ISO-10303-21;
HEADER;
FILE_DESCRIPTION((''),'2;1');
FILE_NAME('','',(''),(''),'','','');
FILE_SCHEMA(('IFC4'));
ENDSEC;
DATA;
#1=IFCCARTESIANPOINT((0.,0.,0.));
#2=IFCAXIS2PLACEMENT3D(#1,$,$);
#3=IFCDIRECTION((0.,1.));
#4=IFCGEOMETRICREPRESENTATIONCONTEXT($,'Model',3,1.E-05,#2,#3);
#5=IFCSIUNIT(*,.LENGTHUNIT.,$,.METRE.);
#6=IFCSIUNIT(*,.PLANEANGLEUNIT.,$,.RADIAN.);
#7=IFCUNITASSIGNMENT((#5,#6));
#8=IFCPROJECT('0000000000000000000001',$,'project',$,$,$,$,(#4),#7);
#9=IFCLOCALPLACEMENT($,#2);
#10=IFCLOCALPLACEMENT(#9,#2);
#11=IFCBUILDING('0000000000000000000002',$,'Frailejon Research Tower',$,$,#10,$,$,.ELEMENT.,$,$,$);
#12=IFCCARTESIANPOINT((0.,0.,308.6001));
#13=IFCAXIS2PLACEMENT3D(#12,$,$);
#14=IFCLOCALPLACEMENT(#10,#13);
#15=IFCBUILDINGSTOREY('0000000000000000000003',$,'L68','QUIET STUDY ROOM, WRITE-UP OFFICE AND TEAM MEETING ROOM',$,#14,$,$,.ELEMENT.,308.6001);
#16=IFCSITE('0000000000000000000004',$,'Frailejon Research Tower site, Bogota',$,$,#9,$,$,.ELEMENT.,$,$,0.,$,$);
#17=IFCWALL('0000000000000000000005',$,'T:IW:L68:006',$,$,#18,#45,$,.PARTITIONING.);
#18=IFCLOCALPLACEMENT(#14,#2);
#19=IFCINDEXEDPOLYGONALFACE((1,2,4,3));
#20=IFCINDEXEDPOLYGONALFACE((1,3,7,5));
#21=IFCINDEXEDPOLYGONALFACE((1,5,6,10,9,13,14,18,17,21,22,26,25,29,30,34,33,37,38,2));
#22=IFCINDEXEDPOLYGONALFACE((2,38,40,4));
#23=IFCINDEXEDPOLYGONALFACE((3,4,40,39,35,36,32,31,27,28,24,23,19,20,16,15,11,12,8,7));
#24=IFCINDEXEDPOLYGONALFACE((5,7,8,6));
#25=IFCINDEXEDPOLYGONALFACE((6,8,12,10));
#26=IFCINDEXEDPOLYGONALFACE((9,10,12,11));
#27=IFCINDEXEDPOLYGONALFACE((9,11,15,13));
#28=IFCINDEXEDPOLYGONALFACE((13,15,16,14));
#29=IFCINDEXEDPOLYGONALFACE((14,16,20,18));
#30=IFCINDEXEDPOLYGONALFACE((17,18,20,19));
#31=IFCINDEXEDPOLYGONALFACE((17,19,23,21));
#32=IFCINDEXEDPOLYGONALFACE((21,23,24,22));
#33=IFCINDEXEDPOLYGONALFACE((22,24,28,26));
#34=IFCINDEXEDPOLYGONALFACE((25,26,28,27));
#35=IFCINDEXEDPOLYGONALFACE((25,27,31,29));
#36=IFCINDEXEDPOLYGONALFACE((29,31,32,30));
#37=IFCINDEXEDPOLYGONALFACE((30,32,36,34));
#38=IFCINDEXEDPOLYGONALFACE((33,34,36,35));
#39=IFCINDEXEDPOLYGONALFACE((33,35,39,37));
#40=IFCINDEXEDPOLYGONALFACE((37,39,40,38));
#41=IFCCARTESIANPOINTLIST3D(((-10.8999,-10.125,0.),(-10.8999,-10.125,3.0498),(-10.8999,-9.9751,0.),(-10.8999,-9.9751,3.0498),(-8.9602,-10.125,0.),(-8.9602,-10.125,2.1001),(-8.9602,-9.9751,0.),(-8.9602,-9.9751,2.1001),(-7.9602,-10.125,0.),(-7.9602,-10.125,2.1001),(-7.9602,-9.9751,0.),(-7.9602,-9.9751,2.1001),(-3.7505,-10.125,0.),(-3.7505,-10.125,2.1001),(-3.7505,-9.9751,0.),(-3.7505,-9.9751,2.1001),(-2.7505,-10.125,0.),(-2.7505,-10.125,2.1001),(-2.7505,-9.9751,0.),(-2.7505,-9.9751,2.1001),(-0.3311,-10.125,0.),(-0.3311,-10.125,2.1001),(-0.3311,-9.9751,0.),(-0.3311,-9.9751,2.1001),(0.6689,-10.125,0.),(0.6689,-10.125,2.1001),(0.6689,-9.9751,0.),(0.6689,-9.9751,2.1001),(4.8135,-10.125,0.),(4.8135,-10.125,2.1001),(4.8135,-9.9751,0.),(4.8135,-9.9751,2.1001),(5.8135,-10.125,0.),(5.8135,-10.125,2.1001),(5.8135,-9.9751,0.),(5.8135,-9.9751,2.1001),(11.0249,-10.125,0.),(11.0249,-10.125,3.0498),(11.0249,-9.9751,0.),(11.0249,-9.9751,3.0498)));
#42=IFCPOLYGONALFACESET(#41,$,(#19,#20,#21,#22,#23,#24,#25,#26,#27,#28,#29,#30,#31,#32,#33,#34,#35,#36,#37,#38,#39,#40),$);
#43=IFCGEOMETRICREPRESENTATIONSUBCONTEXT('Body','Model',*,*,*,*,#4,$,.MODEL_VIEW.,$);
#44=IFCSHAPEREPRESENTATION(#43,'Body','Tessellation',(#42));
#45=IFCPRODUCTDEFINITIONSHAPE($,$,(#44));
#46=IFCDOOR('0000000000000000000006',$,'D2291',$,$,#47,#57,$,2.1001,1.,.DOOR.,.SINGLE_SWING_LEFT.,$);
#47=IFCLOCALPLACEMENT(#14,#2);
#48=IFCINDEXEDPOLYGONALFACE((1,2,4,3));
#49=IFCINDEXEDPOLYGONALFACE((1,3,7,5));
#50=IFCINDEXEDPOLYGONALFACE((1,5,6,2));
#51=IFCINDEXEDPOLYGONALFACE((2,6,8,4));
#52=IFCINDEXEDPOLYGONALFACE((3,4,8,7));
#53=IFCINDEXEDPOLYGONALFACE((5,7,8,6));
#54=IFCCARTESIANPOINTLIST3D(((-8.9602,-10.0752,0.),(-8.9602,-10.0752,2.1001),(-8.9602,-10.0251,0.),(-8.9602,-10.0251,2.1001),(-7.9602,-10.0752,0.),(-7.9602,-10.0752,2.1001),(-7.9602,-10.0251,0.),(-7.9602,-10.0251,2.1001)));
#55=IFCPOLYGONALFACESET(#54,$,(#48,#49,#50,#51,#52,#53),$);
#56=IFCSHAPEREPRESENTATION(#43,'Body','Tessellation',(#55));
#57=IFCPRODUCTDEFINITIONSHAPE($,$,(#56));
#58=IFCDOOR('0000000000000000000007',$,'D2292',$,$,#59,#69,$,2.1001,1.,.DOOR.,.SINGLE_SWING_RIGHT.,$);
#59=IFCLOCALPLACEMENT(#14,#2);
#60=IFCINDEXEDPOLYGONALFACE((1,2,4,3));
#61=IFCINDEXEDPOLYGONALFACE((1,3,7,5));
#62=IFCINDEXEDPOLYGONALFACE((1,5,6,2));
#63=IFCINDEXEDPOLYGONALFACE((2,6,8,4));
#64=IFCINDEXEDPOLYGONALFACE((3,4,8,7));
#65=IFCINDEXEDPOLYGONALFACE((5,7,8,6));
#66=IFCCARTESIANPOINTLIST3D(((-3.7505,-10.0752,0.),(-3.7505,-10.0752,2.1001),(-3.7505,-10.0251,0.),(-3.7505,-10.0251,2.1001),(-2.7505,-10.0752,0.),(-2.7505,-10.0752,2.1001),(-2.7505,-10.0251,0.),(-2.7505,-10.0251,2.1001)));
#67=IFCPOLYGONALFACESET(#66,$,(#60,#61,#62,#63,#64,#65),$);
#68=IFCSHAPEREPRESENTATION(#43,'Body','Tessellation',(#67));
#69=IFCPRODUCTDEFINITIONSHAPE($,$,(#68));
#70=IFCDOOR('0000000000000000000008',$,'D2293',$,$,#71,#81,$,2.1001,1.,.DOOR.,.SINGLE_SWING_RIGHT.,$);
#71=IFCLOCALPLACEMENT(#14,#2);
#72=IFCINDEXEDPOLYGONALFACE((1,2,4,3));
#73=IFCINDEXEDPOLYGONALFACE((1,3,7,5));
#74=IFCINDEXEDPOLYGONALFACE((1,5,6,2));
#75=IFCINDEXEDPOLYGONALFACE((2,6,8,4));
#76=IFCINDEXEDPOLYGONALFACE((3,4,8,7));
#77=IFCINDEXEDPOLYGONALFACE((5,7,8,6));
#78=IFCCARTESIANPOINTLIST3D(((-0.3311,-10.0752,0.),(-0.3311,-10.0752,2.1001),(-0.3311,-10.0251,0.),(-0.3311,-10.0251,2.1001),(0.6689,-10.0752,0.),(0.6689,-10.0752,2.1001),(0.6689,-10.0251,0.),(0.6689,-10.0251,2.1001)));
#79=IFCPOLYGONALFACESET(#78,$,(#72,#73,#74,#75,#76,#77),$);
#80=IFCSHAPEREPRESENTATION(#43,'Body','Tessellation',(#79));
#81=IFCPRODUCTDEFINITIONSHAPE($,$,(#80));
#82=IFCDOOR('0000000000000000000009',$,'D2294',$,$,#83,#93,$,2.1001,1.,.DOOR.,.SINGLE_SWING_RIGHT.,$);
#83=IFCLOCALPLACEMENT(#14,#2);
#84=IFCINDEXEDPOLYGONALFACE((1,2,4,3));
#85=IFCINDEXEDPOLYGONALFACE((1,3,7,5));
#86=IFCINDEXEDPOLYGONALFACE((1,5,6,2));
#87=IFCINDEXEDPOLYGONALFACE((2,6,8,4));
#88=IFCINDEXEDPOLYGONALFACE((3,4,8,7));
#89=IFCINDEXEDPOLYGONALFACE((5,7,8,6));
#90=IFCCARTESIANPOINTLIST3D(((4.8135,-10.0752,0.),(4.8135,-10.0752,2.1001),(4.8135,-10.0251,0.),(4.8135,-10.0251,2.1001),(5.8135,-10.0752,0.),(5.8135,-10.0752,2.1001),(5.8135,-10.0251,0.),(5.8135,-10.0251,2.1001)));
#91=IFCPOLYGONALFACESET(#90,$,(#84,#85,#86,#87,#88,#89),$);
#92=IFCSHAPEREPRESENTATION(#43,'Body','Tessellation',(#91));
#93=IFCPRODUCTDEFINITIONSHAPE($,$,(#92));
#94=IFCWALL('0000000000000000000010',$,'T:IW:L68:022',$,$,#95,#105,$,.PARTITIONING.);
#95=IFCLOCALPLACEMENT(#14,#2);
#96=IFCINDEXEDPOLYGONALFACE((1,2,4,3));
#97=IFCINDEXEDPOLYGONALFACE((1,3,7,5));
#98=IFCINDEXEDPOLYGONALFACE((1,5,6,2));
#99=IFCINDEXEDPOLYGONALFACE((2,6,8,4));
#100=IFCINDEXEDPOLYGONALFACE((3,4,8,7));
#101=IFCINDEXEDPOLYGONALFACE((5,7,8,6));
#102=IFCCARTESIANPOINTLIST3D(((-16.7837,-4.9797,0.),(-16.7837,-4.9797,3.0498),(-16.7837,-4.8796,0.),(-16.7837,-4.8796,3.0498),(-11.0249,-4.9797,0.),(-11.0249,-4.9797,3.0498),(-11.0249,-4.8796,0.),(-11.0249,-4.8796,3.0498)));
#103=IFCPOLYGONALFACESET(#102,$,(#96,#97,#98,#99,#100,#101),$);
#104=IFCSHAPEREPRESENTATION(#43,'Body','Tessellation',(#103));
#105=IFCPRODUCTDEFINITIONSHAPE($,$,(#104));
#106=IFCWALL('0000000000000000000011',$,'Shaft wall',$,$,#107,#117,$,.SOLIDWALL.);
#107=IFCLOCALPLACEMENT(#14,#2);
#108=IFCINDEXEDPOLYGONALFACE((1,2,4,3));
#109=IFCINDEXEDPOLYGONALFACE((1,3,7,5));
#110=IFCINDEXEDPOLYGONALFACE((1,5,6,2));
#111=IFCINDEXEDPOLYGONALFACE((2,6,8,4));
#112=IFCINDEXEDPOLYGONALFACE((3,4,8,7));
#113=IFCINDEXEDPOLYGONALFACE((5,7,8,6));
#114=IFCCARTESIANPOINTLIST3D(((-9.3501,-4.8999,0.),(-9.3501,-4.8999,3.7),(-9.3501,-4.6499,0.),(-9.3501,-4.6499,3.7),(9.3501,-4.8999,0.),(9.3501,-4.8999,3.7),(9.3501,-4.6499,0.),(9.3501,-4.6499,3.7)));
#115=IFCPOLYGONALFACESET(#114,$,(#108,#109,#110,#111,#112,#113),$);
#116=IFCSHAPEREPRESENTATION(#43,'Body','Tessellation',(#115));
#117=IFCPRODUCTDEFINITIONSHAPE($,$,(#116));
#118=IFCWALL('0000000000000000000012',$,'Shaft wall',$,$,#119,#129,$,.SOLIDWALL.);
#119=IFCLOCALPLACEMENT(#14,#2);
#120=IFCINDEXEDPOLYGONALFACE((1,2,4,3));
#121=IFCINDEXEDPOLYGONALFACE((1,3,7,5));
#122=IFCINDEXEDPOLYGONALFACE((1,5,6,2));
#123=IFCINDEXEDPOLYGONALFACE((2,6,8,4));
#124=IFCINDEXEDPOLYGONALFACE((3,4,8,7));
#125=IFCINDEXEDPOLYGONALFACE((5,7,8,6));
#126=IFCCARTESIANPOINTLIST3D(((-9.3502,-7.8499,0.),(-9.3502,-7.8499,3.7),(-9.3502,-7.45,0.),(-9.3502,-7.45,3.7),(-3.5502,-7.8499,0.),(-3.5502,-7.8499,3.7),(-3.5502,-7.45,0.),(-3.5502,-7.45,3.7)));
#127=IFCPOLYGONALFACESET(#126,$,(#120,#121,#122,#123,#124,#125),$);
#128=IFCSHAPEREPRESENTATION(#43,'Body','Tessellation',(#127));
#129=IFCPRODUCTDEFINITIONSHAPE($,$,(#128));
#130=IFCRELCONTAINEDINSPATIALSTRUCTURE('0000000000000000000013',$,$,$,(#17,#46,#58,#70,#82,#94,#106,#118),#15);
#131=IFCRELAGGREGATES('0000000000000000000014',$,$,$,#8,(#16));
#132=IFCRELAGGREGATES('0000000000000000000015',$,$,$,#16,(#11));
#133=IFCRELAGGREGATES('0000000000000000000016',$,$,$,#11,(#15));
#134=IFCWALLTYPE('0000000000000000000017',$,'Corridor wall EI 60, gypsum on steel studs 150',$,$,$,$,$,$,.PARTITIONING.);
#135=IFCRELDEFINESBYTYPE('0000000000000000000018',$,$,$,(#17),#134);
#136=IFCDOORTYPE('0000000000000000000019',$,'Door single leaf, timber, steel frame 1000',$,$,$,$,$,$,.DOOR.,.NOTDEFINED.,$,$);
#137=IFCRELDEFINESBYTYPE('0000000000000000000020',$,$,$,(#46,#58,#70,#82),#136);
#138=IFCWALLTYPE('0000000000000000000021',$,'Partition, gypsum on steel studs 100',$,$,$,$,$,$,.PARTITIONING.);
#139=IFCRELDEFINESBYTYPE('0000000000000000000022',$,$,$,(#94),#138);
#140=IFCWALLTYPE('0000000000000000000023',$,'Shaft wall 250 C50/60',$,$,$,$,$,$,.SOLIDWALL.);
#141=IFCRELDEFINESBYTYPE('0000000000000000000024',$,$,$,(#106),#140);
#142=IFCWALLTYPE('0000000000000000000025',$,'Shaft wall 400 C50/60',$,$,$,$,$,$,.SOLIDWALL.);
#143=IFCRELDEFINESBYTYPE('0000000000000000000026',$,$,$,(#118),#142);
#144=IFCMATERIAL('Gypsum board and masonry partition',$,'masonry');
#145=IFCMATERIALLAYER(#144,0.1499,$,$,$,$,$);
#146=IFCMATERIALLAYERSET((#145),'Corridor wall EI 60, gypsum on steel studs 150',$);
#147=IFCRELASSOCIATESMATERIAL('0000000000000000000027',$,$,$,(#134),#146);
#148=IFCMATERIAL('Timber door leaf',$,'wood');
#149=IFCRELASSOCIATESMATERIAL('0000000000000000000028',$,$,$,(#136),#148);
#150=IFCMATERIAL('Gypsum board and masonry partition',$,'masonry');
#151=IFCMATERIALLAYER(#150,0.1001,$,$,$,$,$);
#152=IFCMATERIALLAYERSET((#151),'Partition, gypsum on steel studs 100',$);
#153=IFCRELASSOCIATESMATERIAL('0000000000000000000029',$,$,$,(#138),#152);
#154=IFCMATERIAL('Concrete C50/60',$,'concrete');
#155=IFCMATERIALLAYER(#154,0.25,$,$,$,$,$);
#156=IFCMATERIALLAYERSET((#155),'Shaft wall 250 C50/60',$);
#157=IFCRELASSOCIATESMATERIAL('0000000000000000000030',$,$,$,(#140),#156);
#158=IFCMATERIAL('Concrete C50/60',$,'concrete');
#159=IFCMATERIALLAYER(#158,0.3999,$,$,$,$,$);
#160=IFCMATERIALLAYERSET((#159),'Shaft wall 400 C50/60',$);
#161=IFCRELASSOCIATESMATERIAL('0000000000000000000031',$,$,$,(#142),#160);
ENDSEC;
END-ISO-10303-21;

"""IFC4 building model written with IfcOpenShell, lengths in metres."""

from ifc_helpers import new_model, si_unit, direction, frame, frame_2d, origin, place, context, subcontext, project, spatial, rectangle, extrude, material, layer, layer_set, type_object, element, fill, save


model = new_model("IFC4")

# Units and contexts
model_context = context("Model", 3, precision=1e-05, world=origin(), true_north=direction((0.0, 1.0)))
body_context = subcontext(model_context, "Body", "Model", "MODEL_VIEW")
ifc_project = project(units=[si_unit("LENGTHUNIT", "METRE"), si_unit("PLANEANGLEUNIT", "RADIAN")], contexts=[model_context])

# Site, building, storey
site_placement = place(None, origin())
site = spatial("IfcSite", under=ifc_project, at=site_placement, Name="Frailejon Research Tower site, Bogota", CompositionType="ELEMENT", RefElevation=0.0)
building_placement = place(site_placement, origin())
building = spatial("IfcBuilding", under=site, at=building_placement, Name="Frailejon Research Tower", CompositionType="ELEMENT")
storey_placement = place(building_placement, frame((0.0, 0.0, 308.6001)))
storey = spatial("IfcBuildingStorey", under=building, at=storey_placement, Name="L68", Description="QUIET STUDY ROOM, WRITE-UP OFFICE AND TEAM MEETING ROOM", CompositionType="ELEMENT", Elevation=308.6001)

# Wall, openings, doors
ifc_material_1 = material(Name="Gypsum board and masonry partition", Category="masonry")
ifc_layer_1 = layer(ifc_material_1, 0.1499)
ifc_layer_set_1 = layer_set([ifc_layer_1], Name="Corridor wall EI 60, gypsum on steel studs 150")
wall_type_1 = type_object("IfcWallType", Name="Corridor wall EI 60, gypsum on steel studs 150", PredefinedType="PARTITIONING", material=ifc_layer_set_1)
ifc_material_2 = material(Name="Timber door leaf", Category="wood")
door_type_1 = type_object("IfcDoorType", Name="Door single leaf, timber, steel frame 1000", OperationType="NOTDEFINED", PredefinedType="DOOR", material=ifc_material_2)
wall_1_placement = place(storey_placement, frame((-10.8999, -10.05, 0.0), z_axis=(0.0, 0.0, 1.0), x_axis=(1.0, 0.0, 0.0)))
wall_1 = element("IfcWall", 1, at=wall_1_placement, inside=storey, type_object=wall_type_1, Name="T:IW:L68:006", PredefinedType="PARTITIONING", context=body_context, shape_type="SweptSolid", body=[
    extrude(rectangle(XDim=21.9248, YDim=0.1499, at=frame_2d((10.9624, 0.0))), origin(), (0.0, 0.0, 1.0), 3.0498),
])
opening_1_placement = place(wall_1_placement, frame((1.9397, 0.0, 0.0)))
opening_1 = element("IfcOpeningElement", 2, at=opening_1_placement, cuts=wall_1, PredefinedType="OPENING", context=body_context, shape_type="SweptSolid", body=[
    extrude(rectangle(XDim=1.0, YDim=2.1001, at=frame_2d((0.5, 1.05))), frame((0.0, 0.085, 0.0), z_axis=(0.0, -1.0, 0.0), x_axis=(1.0, 0.0, 0.0)), (0.0, 0.0, 1.0), 0.1699),
])
opening_2_placement = place(wall_1_placement, frame((7.1494, 0.0, 0.0)))
opening_2 = element("IfcOpeningElement", 3, at=opening_2_placement, cuts=wall_1, PredefinedType="OPENING", context=body_context, shape_type="SweptSolid", body=[
    extrude(rectangle(XDim=1.0, YDim=2.1001, at=frame_2d((0.5, 1.05))), frame((0.0, 0.085, 0.0), z_axis=(0.0, -1.0, 0.0), x_axis=(1.0, 0.0, 0.0)), (0.0, 0.0, 1.0), 0.1699),
])
opening_3_placement = place(wall_1_placement, frame((10.5688, 0.0, 0.0)))
opening_3 = element("IfcOpeningElement", 4, at=opening_3_placement, cuts=wall_1, PredefinedType="OPENING", context=body_context, shape_type="SweptSolid", body=[
    extrude(rectangle(XDim=1.0, YDim=2.1001, at=frame_2d((0.5, 1.05))), frame((0.0, 0.085, 0.0), z_axis=(0.0, -1.0, 0.0), x_axis=(1.0, 0.0, 0.0)), (0.0, 0.0, 1.0), 0.1699),
])
opening_4_placement = place(wall_1_placement, frame((15.7134, 0.0, 0.0)))
opening_4 = element("IfcOpeningElement", 5, at=opening_4_placement, cuts=wall_1, PredefinedType="OPENING", context=body_context, shape_type="SweptSolid", body=[
    extrude(rectangle(XDim=1.0, YDim=2.1001, at=frame_2d((0.5, 1.05))), frame((0.0, 0.085, 0.0), z_axis=(0.0, -1.0, 0.0), x_axis=(1.0, 0.0, 0.0)), (0.0, 0.0, 1.0), 0.1699),
])
door_1_placement = place(opening_1_placement, origin())
door_1 = element("IfcDoor", 6, at=door_1_placement, inside=storey, type_object=door_type_1, Name="D2291", OperationType="SINGLE_SWING_LEFT", OverallHeight=2.1001, OverallWidth=1.0, PredefinedType="DOOR", context=body_context, shape_type="SweptSolid", body=[
    extrude(rectangle(XDim=1.0, YDim=2.1001, at=frame_2d((0.5, 1.05))), frame((0.0, 0.0249, 0.0), z_axis=(0.0, -1.0, 0.0), x_axis=(1.0, 0.0, 0.0)), (0.0, 0.0, 1.0), 0.05),
])
fill(opening_1, door_1)
door_2_placement = place(opening_2_placement, origin())
door_2 = element("IfcDoor", 7, at=door_2_placement, inside=storey, type_object=door_type_1, Name="D2292", OperationType="SINGLE_SWING_RIGHT", OverallHeight=2.1001, OverallWidth=1.0, PredefinedType="DOOR", context=body_context, shape_type="SweptSolid", body=[
    extrude(rectangle(XDim=1.0, YDim=2.1001, at=frame_2d((0.5, 1.05))), frame((0.0, 0.0249, 0.0), z_axis=(0.0, -1.0, 0.0), x_axis=(1.0, 0.0, 0.0)), (0.0, 0.0, 1.0), 0.05),
])
fill(opening_2, door_2)
door_3_placement = place(opening_3_placement, origin())
door_3 = element("IfcDoor", 8, at=door_3_placement, inside=storey, type_object=door_type_1, Name="D2293", OperationType="SINGLE_SWING_RIGHT", OverallHeight=2.1001, OverallWidth=1.0, PredefinedType="DOOR", context=body_context, shape_type="SweptSolid", body=[
    extrude(rectangle(XDim=1.0, YDim=2.1001, at=frame_2d((0.5, 1.05))), frame((0.0, 0.0249, 0.0), z_axis=(0.0, -1.0, 0.0), x_axis=(1.0, 0.0, 0.0)), (0.0, 0.0, 1.0), 0.05),
])
fill(opening_3, door_3)
door_4_placement = place(opening_4_placement, origin())
door_4 = element("IfcDoor", 9, at=door_4_placement, inside=storey, type_object=door_type_1, Name="D2294", OperationType="SINGLE_SWING_RIGHT", OverallHeight=2.1001, OverallWidth=1.0, PredefinedType="DOOR", context=body_context, shape_type="SweptSolid", body=[
    extrude(rectangle(XDim=1.0, YDim=2.1001, at=frame_2d((0.5, 1.05))), frame((0.0, 0.0249, 0.0), z_axis=(0.0, -1.0, 0.0), x_axis=(1.0, 0.0, 0.0)), (0.0, 0.0, 1.0), 0.05),
])
fill(opening_4, door_4)

# Walls
ifc_material_3 = material(Name="Gypsum board and masonry partition", Category="masonry")
ifc_layer_2 = layer(ifc_material_3, 0.1001)
ifc_layer_set_2 = layer_set([ifc_layer_2], Name="Partition, gypsum on steel studs 100")
wall_type_2 = type_object("IfcWallType", Name="Partition, gypsum on steel studs 100", PredefinedType="PARTITIONING", material=ifc_layer_set_2)
wall_2_placement = place(storey_placement, frame((-16.7837, -4.9297, 0.0), z_axis=(0.0, 0.0, 1.0), x_axis=(1.0, 0.0, 0.0)))
element("IfcWall", 10, at=wall_2_placement, inside=storey, type_object=wall_type_2, Name="T:IW:L68:022", PredefinedType="PARTITIONING", context=body_context, shape_type="SweptSolid", body=[
    extrude(rectangle(XDim=5.7588, YDim=0.1001, at=frame_2d((2.8794, 0.0))), origin(), (0.0, 0.0, 1.0), 3.0498),
])
ifc_material_4 = material(Name="Concrete C50/60", Category="concrete")
ifc_layer_3 = layer(ifc_material_4, 0.25)
ifc_layer_set_3 = layer_set([ifc_layer_3], Name="Shaft wall 250 C50/60")
wall_type_3 = type_object("IfcWallType", Name="Shaft wall 250 C50/60", PredefinedType="SOLIDWALL", material=ifc_layer_set_3)
wall_3_placement = place(storey_placement, frame((-9.3501, -4.7749, 0.0), z_axis=(0.0, 0.0, 1.0), x_axis=(1.0, 0.0, 0.0)))
element("IfcWall", 11, at=wall_3_placement, inside=storey, type_object=wall_type_3, Name="Shaft wall", PredefinedType="SOLIDWALL", context=body_context, shape_type="SweptSolid", body=[
    extrude(rectangle(XDim=18.7002, YDim=0.25, at=frame_2d((9.3501, 0.0))), origin(), (0.0, 0.0, 1.0), 3.7),
])
ifc_material_5 = material(Name="Concrete C50/60", Category="concrete")
ifc_layer_4 = layer(ifc_material_5, 0.3999)
ifc_layer_set_4 = layer_set([ifc_layer_4], Name="Shaft wall 400 C50/60")
wall_type_4 = type_object("IfcWallType", Name="Shaft wall 400 C50/60", PredefinedType="SOLIDWALL", material=ifc_layer_set_4)
wall_4_placement = place(storey_placement, frame((-9.3501, -7.6499, 0.0), z_axis=(0.0, 0.0, 1.0), x_axis=(1.0, 0.0, 0.0)))
element("IfcWall", 12, at=wall_4_placement, inside=storey, type_object=wall_type_4, Name="Shaft wall", PredefinedType="SOLIDWALL", context=body_context, shape_type="SweptSolid", body=[
    extrude(rectangle(XDim=5.8, YDim=0.3999, at=frame_2d((2.8999, 0.0))), origin(), (0.0, 0.0, 1.0), 3.7),
])

save(model, "model.ifc")
